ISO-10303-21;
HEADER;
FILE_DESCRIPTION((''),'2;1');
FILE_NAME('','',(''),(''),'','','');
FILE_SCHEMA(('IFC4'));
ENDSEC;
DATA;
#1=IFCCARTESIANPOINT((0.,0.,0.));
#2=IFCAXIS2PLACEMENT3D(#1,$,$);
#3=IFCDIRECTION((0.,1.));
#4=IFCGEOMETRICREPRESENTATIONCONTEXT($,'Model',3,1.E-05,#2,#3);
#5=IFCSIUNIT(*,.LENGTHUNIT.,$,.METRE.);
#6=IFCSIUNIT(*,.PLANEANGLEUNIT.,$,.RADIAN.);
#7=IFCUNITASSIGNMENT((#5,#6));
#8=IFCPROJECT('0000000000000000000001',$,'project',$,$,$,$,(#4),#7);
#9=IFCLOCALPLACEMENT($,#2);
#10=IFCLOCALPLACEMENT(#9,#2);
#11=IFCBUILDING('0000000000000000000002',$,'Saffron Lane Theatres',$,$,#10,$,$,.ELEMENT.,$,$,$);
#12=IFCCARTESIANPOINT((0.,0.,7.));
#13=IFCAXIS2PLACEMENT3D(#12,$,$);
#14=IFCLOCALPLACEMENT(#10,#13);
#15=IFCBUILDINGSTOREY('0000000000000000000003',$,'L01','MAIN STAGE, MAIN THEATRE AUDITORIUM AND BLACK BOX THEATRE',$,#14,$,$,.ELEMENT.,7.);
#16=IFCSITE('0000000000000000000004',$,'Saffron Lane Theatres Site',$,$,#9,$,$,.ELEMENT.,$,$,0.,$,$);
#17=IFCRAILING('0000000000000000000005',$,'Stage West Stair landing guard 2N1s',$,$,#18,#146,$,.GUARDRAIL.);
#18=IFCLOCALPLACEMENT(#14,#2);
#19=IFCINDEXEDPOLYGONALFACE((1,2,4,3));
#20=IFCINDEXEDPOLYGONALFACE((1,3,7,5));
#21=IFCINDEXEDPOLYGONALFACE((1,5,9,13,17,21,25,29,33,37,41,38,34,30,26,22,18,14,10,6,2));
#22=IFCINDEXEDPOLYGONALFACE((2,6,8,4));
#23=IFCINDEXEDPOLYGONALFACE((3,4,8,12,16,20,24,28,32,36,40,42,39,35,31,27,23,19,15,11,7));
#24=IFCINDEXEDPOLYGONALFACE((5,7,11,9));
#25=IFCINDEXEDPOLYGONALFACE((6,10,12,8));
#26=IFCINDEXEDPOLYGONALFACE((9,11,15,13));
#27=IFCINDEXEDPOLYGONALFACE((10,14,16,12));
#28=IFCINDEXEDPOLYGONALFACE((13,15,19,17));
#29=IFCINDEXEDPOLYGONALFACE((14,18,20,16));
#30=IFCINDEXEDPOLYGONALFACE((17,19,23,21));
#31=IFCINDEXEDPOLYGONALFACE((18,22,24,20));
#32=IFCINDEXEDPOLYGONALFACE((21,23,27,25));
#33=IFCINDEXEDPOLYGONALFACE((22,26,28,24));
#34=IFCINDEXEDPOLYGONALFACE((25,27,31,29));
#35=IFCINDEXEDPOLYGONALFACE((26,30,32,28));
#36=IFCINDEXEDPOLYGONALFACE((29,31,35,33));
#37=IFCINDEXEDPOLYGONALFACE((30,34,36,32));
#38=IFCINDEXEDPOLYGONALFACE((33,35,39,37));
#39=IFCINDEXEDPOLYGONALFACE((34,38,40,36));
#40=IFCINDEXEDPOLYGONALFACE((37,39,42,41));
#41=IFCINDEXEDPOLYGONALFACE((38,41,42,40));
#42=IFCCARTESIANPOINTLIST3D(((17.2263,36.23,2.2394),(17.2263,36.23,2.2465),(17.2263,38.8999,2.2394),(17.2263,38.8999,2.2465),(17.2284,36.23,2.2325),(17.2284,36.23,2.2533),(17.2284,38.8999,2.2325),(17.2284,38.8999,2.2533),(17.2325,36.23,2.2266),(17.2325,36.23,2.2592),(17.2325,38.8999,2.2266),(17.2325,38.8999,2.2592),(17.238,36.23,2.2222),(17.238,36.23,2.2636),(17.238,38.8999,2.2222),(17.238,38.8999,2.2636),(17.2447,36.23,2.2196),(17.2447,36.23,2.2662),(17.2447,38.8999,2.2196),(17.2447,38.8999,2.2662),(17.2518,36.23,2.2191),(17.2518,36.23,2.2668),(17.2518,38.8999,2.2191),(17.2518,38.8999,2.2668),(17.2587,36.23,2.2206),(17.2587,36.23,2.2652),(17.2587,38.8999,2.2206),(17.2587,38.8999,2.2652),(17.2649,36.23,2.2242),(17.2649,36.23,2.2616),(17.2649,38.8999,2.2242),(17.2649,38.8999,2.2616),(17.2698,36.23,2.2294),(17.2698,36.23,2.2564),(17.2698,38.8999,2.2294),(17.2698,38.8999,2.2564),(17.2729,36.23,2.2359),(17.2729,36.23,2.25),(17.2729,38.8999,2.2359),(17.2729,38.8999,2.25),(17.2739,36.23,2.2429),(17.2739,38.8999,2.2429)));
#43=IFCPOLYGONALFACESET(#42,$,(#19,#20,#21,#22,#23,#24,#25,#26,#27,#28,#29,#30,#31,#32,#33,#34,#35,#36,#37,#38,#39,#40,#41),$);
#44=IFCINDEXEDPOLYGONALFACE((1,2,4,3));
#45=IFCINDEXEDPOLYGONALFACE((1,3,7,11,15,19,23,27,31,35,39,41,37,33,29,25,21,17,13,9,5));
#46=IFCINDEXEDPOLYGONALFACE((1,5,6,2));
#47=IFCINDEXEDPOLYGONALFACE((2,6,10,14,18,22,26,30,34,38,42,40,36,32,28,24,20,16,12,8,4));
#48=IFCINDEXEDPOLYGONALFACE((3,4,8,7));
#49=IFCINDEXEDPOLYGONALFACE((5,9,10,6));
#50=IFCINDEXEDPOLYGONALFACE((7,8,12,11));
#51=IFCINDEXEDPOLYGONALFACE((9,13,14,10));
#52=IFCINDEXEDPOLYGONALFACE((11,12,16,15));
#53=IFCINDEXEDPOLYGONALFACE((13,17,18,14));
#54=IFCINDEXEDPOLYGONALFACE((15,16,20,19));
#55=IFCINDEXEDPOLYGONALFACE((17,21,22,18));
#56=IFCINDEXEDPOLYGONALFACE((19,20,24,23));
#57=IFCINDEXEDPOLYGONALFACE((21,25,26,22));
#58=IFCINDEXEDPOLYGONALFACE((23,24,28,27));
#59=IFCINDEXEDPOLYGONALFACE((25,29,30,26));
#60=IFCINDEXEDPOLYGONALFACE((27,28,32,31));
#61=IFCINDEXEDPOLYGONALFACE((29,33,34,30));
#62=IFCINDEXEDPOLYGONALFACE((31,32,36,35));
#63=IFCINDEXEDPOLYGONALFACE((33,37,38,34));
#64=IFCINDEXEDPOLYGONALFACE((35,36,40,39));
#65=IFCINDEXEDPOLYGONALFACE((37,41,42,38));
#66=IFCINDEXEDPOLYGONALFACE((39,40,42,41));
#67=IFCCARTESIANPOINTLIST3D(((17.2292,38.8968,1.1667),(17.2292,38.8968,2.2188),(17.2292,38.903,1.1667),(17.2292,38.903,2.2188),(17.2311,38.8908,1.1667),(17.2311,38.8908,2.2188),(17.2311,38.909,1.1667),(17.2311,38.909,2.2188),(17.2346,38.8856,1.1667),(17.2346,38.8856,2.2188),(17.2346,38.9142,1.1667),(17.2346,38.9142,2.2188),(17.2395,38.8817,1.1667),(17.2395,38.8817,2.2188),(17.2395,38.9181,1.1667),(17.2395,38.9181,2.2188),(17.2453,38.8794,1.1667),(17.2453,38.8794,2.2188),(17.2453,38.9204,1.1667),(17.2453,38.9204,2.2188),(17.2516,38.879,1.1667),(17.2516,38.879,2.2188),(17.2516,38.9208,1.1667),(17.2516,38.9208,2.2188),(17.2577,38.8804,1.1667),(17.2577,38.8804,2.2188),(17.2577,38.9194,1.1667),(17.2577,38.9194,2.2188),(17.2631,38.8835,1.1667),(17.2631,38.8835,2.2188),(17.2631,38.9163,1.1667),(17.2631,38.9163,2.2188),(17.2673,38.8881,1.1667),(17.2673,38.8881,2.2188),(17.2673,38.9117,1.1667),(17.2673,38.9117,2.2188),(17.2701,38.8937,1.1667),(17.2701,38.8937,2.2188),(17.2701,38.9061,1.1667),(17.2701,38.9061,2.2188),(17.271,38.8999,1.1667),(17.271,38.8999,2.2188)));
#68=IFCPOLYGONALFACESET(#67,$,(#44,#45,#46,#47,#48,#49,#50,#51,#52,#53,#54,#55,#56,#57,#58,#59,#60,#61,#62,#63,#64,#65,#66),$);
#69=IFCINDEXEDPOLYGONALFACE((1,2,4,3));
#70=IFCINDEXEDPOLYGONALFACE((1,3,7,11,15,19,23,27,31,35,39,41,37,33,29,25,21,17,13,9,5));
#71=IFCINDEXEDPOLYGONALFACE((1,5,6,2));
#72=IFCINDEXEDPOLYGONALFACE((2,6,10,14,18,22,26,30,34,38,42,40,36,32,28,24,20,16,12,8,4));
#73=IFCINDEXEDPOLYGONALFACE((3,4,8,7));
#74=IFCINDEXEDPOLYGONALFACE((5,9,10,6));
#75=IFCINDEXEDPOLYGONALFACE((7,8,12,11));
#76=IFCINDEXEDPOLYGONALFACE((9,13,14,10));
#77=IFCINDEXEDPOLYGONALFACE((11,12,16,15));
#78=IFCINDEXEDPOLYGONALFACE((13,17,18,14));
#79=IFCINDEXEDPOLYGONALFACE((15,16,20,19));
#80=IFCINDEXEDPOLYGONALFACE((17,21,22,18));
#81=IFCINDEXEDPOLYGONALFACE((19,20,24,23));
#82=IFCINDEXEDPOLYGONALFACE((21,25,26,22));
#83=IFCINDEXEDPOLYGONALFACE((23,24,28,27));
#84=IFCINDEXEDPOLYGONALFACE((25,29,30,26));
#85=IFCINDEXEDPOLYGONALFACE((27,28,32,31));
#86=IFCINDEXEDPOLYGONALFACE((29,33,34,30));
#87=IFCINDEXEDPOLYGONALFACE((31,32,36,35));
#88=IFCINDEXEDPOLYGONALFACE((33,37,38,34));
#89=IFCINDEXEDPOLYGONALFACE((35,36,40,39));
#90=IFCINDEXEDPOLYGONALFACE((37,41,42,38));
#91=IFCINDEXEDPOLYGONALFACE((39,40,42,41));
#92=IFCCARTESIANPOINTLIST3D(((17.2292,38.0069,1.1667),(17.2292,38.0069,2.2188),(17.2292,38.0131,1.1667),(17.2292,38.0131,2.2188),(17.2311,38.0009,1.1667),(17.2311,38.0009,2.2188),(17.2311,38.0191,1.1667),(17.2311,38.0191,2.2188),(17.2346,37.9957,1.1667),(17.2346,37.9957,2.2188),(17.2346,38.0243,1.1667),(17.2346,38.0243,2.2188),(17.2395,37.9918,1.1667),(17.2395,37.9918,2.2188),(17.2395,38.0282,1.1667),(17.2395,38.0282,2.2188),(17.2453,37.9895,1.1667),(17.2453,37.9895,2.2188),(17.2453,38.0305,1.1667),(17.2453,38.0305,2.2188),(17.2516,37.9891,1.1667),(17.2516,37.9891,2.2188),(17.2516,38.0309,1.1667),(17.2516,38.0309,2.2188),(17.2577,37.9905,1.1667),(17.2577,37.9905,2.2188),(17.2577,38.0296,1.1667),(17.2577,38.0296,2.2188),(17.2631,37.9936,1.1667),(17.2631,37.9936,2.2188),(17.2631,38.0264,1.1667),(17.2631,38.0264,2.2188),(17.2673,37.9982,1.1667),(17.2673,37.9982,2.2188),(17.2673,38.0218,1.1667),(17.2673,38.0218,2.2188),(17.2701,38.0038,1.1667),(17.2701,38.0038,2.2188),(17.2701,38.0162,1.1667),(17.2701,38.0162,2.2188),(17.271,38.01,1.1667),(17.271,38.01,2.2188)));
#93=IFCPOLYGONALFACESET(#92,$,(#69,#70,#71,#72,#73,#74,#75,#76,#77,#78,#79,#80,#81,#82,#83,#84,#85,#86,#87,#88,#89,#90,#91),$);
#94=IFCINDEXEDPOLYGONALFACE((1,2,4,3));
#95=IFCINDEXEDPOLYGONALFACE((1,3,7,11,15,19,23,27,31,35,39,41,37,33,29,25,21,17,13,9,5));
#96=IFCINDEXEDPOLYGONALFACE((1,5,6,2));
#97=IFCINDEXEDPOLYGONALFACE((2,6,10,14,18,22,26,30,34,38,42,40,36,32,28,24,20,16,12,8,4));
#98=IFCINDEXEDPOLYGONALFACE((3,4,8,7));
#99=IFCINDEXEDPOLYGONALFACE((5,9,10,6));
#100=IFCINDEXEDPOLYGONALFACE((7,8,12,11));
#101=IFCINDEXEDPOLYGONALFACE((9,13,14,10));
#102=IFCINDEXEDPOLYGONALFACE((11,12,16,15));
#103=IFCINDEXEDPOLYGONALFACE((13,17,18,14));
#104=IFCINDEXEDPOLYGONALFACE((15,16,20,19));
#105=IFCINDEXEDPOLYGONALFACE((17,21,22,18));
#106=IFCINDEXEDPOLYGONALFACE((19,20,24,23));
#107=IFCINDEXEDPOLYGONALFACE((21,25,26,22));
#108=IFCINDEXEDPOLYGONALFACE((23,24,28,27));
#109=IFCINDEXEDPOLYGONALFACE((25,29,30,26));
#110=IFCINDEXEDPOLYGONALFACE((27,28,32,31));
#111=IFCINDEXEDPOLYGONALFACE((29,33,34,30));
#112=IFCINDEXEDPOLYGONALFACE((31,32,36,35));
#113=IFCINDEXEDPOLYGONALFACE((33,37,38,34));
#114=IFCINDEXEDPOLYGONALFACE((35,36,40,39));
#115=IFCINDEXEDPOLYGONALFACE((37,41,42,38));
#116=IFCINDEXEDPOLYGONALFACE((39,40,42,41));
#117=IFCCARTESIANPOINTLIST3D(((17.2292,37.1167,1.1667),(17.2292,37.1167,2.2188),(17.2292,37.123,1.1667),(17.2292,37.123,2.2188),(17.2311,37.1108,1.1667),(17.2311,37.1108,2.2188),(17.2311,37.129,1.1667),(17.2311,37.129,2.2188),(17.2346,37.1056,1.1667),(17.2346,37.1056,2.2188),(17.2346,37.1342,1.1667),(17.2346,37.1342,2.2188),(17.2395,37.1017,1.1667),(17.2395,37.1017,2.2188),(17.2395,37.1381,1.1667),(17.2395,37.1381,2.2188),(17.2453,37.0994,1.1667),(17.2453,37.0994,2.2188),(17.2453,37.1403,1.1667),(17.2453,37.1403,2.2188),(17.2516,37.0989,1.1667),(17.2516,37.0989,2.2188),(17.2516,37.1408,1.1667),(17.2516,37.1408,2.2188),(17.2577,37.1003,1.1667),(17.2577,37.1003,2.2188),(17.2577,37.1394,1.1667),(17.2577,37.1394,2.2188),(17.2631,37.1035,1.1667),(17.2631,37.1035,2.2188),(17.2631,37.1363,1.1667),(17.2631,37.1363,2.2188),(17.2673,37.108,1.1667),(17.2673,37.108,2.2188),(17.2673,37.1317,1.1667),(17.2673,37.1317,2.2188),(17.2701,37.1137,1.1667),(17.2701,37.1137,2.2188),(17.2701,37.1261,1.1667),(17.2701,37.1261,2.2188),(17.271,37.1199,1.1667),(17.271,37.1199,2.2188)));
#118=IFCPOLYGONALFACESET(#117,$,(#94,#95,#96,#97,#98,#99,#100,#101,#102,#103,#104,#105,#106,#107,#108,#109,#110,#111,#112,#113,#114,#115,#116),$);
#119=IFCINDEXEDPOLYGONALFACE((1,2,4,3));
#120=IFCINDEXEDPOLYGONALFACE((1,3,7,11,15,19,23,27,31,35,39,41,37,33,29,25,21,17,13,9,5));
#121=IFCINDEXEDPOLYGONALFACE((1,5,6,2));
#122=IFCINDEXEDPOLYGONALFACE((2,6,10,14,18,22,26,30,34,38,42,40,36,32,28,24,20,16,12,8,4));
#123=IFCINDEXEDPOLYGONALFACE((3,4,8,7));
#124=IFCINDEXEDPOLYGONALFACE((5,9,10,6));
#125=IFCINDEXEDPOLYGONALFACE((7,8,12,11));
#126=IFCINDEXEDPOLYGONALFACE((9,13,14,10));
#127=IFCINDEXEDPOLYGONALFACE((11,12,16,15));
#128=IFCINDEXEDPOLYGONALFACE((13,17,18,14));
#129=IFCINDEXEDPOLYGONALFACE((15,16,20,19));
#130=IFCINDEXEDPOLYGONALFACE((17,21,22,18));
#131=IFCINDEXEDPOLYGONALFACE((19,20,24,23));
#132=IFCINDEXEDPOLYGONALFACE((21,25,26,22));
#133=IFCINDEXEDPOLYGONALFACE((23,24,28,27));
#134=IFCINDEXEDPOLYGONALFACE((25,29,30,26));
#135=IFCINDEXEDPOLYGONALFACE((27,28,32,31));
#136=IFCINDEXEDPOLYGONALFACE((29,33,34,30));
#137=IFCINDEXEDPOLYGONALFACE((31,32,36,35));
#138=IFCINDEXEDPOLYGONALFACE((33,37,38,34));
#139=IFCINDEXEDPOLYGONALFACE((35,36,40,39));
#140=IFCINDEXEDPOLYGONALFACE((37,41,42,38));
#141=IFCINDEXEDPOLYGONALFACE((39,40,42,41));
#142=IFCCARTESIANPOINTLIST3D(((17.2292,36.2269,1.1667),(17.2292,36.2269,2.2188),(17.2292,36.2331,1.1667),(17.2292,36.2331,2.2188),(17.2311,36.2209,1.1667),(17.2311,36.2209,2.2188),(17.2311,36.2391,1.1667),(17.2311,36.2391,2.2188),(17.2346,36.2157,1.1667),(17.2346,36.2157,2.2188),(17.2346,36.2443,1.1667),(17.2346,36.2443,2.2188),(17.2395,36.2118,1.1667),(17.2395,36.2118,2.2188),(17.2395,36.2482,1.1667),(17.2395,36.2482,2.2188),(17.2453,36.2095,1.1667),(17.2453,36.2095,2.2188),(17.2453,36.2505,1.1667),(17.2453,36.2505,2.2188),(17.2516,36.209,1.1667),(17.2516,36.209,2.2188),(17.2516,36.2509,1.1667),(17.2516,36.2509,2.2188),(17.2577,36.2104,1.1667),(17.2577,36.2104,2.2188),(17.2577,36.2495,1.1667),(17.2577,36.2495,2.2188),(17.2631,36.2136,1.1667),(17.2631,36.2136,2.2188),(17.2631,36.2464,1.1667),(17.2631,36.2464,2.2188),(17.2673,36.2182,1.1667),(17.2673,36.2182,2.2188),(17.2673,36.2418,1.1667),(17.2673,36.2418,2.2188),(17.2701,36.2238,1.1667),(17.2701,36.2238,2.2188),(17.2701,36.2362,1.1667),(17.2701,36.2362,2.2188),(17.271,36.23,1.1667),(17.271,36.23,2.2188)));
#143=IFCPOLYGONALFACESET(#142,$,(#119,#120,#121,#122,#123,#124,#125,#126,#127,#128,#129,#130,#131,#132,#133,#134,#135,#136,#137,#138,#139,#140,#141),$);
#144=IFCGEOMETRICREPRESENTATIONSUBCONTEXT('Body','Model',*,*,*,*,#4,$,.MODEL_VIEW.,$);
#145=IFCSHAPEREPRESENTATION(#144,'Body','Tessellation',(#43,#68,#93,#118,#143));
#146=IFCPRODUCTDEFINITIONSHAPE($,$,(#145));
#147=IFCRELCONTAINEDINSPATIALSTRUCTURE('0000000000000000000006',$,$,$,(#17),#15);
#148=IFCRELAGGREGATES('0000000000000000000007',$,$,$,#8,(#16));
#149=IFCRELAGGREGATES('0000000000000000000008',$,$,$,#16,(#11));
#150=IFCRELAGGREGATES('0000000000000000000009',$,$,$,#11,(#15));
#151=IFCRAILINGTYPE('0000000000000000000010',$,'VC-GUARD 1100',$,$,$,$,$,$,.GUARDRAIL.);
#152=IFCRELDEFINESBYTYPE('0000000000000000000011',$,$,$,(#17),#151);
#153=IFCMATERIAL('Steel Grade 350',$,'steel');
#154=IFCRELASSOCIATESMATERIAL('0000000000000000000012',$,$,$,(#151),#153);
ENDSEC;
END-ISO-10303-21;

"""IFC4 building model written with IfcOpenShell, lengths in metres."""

from ifc_helpers import new_model, si_unit, direction, frame, origin, origin_2d, place, context, subcontext, project, spatial, circle, extrude, material, type_object, element, save


model = new_model("IFC4")

# Units and contexts
model_context = context("Model", 3, precision=1e-05, world=origin(), true_north=direction((0.0, 1.0)))
body_context = subcontext(model_context, "Body", "Model", "MODEL_VIEW")
ifc_project = project(units=[si_unit("LENGTHUNIT", "METRE"), si_unit("PLANEANGLEUNIT", "RADIAN")], contexts=[model_context])

# Site, building, storey
site_placement = place(None, origin())
site = spatial("IfcSite", under=ifc_project, at=site_placement, Name="Saffron Lane Theatres Site", CompositionType="ELEMENT", RefElevation=0.0)
building_placement = place(site_placement, origin())
building = spatial("IfcBuilding", under=site, at=building_placement, Name="Saffron Lane Theatres", CompositionType="ELEMENT")
storey_placement = place(building_placement, frame((0.0, 0.0, 7.0)))
storey = spatial("IfcBuildingStorey", under=building, at=storey_placement, Name="L01", Description="MAIN STAGE, MAIN THEATRE AUDITORIUM AND BLACK BOX THEATRE", CompositionType="ELEMENT", Elevation=7.0)

# Railing
ifc_material_1 = material(Name="Steel Grade 350", Category="steel")
railing_type_1 = type_object("IfcRailingType", Name="VC-GUARD 1100", PredefinedType="GUARDRAIL", material=ifc_material_1)
railing_1_placement = place(storey_placement, frame((17.25, 38.8999, 1.1667)))
element("IfcRailing", 1, at=railing_1_placement, inside=storey, type_object=railing_type_1, Name="Stage West Stair landing guard 2N1s", PredefinedType="GUARDRAIL", context=body_context, shape_type="SweptSolid", body=[
    extrude(circle(Radius=0.0239, at=origin_2d()), frame((0.0, 0.0, 1.0762), z_axis=(0.0, -1.0, 0.0), x_axis=(1.0, 0.0, 0.0)), (0.0, 0.0, 1.0), 2.6699),
    extrude(circle(Radius=0.021, at=origin_2d()), origin(), (0.0, 0.0, 1.0), 1.052),
    extrude(circle(Radius=0.021, at=origin_2d()), frame((0.0, -0.8899, 0.0)), (0.0, 0.0, 1.0), 1.052),
    extrude(circle(Radius=0.021, at=origin_2d()), frame((0.0, -1.78, 0.0)), (0.0, 0.0, 1.0), 1.052),
    extrude(circle(Radius=0.021, at=origin_2d()), frame((0.0, -2.6699, 0.0)), (0.0, 0.0, 1.0), 1.052),
])

save(model, "model.ifc")
